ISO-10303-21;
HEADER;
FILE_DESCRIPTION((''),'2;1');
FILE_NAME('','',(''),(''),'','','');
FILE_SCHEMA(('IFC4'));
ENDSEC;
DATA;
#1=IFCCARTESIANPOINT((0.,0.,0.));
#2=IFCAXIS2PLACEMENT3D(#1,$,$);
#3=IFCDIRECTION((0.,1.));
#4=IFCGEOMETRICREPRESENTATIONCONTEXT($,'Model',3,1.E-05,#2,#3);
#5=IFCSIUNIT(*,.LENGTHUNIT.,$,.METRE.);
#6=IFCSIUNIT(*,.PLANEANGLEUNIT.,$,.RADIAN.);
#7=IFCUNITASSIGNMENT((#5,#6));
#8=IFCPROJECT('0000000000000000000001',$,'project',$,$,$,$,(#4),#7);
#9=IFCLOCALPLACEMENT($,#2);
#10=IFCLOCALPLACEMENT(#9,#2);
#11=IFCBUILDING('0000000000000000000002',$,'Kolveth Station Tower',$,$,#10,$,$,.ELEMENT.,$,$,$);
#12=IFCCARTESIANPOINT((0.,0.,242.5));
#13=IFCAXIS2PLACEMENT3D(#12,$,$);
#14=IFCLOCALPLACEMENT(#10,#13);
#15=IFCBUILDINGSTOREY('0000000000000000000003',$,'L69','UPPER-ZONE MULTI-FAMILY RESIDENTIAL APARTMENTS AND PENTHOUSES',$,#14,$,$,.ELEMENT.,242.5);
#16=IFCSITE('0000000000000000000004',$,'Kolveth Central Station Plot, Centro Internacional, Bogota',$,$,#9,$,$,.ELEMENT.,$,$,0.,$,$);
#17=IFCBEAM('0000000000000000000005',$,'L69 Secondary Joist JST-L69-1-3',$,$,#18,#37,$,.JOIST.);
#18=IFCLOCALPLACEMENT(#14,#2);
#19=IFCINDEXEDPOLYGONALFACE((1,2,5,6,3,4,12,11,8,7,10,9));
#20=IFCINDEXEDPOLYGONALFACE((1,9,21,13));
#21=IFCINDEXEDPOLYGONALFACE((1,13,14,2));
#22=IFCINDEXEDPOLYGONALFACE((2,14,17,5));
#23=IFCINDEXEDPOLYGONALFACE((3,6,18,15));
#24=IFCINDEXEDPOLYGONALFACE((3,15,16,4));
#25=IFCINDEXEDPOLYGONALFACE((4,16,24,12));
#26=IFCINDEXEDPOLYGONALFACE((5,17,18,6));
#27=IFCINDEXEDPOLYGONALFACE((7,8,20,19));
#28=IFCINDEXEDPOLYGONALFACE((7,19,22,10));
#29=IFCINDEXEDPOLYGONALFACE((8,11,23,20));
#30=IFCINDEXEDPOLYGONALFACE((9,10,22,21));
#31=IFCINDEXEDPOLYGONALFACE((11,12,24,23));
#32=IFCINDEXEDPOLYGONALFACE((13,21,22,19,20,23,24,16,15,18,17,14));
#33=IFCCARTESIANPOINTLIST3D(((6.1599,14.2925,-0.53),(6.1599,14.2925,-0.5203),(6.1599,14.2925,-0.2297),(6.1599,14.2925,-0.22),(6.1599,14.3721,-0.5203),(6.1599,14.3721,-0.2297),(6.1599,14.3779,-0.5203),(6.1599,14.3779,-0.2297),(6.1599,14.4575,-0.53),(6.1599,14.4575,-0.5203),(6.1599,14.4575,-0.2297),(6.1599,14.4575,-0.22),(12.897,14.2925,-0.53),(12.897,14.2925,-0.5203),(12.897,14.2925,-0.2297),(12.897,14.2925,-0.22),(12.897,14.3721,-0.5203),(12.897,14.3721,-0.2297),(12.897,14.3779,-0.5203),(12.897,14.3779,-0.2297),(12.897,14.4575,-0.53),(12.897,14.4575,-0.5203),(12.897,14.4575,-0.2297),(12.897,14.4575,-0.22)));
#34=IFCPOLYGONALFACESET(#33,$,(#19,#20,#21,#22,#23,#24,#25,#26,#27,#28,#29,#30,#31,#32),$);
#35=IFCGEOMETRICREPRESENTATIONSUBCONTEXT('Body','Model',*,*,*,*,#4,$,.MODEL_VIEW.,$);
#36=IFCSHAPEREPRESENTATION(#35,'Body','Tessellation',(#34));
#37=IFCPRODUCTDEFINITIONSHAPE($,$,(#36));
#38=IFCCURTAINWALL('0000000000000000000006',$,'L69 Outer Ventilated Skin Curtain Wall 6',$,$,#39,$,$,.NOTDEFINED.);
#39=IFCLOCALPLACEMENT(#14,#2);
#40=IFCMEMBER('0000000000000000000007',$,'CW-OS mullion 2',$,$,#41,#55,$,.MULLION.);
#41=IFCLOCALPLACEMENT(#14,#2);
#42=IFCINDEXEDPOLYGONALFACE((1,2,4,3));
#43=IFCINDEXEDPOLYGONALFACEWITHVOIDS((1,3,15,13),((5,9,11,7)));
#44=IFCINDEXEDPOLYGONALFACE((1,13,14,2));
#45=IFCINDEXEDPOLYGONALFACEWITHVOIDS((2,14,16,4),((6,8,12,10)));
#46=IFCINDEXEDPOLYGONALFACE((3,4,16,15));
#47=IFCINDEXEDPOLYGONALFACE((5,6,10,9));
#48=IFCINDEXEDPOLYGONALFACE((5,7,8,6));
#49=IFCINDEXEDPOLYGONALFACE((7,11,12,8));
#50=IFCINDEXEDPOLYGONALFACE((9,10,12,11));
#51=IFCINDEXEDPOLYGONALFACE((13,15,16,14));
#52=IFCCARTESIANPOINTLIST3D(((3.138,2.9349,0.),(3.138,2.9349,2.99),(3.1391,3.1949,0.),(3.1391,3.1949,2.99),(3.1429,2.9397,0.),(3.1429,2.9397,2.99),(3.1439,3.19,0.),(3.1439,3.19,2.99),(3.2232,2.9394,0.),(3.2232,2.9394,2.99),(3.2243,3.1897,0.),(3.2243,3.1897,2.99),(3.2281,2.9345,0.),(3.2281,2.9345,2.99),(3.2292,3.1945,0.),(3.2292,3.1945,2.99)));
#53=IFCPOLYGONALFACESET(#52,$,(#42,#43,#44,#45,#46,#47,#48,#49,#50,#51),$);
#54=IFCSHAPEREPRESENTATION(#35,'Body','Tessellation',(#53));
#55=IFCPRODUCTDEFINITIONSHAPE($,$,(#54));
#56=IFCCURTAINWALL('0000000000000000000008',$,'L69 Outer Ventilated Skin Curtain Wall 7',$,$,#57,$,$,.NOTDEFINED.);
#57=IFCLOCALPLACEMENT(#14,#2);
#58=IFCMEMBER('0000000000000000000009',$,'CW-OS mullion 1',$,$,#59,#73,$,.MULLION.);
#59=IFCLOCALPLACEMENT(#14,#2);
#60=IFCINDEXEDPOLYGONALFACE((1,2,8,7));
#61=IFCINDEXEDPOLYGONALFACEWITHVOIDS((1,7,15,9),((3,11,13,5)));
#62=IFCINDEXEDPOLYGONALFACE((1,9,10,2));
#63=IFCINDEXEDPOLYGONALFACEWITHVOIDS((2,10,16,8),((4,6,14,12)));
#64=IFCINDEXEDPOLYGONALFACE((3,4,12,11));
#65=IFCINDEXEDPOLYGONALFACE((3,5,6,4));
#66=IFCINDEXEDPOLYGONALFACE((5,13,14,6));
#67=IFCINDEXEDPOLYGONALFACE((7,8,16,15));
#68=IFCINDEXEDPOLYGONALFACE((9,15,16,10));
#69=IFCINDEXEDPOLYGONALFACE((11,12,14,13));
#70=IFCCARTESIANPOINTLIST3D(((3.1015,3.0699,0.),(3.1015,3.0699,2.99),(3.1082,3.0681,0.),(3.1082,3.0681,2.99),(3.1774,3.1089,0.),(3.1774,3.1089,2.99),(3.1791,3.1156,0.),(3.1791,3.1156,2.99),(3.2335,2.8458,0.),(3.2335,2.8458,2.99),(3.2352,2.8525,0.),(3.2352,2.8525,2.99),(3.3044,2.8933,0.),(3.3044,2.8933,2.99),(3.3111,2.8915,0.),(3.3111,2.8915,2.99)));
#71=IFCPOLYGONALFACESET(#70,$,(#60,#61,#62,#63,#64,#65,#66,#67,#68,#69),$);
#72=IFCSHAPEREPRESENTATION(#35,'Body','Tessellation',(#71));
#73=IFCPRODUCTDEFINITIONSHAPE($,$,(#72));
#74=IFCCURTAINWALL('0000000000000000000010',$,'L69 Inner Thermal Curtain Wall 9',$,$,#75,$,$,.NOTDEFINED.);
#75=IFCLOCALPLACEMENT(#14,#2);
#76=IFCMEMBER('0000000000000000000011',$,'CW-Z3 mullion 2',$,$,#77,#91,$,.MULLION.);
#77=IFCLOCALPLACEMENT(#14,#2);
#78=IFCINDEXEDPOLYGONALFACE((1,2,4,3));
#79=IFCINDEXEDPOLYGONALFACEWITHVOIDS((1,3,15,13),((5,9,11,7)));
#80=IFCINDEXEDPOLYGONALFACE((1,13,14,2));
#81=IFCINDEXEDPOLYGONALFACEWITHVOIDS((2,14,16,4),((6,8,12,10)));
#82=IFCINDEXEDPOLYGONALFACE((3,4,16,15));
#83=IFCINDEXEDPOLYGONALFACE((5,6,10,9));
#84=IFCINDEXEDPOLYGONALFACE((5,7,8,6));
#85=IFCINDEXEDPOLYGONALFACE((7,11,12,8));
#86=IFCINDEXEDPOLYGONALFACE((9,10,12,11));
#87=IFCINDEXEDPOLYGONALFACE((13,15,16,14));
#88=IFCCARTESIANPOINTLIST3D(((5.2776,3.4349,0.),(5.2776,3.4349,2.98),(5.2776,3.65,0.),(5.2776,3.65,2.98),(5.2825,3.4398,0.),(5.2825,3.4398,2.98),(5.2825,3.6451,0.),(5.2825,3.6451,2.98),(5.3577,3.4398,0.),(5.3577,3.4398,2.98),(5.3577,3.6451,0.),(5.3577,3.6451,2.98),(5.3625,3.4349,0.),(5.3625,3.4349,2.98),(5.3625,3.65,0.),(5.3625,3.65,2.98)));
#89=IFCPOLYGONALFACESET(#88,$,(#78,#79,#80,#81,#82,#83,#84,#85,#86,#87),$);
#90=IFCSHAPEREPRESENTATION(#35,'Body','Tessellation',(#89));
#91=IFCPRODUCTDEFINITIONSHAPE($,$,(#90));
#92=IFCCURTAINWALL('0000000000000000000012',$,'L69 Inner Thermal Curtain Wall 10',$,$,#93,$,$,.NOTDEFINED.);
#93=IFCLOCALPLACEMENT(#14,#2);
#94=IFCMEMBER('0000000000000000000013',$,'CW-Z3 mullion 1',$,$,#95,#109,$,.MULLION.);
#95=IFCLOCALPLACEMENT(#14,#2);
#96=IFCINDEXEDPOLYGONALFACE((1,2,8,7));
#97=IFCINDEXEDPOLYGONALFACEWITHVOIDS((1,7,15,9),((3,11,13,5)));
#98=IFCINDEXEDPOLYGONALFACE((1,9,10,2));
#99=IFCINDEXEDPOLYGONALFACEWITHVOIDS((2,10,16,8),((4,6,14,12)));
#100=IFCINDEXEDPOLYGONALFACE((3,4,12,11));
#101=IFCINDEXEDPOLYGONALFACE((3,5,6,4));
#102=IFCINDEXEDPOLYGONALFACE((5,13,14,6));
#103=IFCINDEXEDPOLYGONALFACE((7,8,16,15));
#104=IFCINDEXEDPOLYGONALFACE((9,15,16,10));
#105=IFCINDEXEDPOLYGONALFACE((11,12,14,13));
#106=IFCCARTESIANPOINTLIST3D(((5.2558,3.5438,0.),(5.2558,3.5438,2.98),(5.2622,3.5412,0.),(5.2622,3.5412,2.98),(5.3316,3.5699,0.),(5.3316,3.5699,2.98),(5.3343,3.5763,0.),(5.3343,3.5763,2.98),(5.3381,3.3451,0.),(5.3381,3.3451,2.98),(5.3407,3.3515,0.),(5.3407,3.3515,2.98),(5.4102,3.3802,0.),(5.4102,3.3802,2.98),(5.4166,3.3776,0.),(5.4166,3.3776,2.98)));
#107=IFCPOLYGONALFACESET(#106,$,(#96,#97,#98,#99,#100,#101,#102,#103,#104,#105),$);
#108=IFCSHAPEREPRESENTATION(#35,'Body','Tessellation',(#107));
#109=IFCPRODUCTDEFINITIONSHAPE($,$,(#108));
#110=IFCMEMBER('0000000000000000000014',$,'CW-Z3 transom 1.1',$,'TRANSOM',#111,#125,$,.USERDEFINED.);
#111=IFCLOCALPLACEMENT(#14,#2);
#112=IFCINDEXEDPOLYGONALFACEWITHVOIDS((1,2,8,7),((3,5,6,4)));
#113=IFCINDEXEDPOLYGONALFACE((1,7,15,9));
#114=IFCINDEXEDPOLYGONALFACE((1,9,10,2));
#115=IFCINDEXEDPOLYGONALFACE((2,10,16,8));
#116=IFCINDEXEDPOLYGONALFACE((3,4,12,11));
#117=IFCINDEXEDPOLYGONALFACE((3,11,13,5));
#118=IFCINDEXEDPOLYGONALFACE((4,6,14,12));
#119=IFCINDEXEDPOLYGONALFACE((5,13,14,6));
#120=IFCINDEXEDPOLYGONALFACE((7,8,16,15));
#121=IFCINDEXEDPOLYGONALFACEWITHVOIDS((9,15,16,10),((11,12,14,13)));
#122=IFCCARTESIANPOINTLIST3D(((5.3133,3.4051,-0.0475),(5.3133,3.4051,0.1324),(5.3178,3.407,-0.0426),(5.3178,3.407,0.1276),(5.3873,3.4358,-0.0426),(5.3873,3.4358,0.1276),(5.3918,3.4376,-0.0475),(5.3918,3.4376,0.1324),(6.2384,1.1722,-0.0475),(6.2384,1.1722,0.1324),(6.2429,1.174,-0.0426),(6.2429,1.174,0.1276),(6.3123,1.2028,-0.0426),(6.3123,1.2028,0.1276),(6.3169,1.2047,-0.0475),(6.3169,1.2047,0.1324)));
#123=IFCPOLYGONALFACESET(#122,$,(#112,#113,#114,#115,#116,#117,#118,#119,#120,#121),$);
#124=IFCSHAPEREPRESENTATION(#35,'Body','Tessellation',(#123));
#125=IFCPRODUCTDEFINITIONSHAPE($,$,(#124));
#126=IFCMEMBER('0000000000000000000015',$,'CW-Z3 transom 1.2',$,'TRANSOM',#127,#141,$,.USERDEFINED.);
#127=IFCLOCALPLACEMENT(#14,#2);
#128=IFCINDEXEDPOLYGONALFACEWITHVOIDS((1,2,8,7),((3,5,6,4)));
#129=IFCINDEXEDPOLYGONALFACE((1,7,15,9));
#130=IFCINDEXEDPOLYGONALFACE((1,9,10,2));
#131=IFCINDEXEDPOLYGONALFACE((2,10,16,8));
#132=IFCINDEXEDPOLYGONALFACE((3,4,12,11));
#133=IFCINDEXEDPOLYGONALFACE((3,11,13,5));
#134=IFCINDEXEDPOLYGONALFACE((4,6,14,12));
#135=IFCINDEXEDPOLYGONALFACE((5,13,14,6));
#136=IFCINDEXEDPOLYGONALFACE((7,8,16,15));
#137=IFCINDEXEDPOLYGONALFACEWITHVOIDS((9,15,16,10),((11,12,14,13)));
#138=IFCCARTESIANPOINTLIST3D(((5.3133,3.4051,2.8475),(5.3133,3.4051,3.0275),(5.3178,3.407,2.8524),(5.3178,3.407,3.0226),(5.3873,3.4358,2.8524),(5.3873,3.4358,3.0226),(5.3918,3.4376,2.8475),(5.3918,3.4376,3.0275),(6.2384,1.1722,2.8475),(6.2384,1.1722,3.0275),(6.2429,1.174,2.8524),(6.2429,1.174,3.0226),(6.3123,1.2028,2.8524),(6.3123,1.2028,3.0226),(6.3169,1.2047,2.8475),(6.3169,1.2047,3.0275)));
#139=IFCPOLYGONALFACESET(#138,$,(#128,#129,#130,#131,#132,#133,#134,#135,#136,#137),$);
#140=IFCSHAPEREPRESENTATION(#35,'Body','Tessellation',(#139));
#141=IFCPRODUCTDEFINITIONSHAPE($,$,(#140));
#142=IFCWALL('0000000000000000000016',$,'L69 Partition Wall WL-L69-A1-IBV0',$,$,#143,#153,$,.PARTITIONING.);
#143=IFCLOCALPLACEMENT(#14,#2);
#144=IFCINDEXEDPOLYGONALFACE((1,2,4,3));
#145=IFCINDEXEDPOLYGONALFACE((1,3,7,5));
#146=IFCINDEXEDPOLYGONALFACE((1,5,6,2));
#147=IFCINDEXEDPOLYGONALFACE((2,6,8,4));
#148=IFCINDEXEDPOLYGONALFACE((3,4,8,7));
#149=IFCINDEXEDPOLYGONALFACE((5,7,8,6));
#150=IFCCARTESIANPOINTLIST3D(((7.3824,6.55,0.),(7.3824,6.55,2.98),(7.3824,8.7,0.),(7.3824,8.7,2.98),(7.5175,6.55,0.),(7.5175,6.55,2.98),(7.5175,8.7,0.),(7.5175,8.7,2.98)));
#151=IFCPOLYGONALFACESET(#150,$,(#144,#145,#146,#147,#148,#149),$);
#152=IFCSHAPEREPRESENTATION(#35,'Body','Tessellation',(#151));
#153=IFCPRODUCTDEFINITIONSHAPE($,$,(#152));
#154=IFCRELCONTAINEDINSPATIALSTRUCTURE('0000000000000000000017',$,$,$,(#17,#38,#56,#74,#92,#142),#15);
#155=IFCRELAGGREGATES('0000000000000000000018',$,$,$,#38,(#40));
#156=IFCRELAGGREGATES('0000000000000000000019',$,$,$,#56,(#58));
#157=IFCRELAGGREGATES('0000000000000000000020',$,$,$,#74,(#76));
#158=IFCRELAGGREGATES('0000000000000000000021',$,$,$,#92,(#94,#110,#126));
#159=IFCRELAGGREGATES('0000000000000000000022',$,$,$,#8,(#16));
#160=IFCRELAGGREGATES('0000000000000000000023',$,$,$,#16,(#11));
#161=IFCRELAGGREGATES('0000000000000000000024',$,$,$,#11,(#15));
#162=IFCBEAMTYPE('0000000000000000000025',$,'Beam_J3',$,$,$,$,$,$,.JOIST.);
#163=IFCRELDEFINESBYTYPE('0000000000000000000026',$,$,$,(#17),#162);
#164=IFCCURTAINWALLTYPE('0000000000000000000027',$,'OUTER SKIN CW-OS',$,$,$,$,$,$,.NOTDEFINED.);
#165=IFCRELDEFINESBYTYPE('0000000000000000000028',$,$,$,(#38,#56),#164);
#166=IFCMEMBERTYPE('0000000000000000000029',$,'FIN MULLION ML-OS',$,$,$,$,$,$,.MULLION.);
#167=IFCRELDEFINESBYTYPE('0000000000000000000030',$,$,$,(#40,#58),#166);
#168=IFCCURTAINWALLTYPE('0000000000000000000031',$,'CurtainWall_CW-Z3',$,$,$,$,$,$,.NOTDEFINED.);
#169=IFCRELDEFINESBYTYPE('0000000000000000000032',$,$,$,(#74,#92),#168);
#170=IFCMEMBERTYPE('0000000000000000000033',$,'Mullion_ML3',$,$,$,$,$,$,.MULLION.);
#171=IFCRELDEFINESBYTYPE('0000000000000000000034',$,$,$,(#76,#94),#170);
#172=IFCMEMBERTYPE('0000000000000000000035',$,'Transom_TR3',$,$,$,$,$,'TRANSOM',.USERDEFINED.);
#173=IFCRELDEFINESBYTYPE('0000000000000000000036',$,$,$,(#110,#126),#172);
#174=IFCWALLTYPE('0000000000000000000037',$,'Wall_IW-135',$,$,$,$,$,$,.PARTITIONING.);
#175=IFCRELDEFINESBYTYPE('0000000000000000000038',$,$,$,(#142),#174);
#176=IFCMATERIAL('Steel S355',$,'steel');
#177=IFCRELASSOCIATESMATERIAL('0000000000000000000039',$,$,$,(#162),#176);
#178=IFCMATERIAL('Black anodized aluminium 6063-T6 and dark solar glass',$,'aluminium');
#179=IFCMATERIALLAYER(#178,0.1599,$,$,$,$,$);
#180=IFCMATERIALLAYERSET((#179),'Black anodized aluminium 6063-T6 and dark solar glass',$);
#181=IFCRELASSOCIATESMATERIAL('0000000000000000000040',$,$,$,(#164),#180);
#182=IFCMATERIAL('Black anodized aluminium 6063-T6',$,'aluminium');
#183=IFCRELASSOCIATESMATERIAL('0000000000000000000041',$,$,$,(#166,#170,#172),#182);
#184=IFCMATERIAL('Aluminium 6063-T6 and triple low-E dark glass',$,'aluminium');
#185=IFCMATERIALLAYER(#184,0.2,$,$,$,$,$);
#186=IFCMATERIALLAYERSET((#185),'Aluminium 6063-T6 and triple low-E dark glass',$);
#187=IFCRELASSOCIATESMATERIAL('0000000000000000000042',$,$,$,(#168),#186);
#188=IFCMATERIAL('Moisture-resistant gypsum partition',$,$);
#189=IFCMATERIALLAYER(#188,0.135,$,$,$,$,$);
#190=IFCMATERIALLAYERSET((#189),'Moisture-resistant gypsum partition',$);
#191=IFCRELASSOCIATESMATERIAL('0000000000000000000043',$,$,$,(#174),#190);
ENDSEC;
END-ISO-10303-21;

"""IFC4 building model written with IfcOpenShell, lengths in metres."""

from ifc_helpers import new_model, si_unit, direction, frame, frame_2d, origin, origin_2d, place, context, subcontext, project, spatial, rectangle, hollow_rectangle, i_section, extrude, source, transform, mapped, material, layer, layer_set, material_profile, profile_set, type_object, element, aggregate, save


model = new_model("IFC4")

# Units and contexts
model_context = context("Model", 3, precision=1e-05, world=origin(), true_north=direction((0.0, 1.0)))
body_context = subcontext(model_context, "Body", "Model", "MODEL_VIEW")
ifc_project = project(units=[si_unit("LENGTHUNIT", "METRE"), si_unit("PLANEANGLEUNIT", "RADIAN")], contexts=[model_context])

# Site, building, storey
site_placement = place(None, origin())
site = spatial("IfcSite", under=ifc_project, at=site_placement, Name="Kolveth Central Station Plot, Centro Internacional, Bogota", CompositionType="ELEMENT", RefElevation=0.0)
building_placement = place(site_placement, origin())
building = spatial("IfcBuilding", under=site, at=building_placement, Name="Kolveth Station Tower", CompositionType="ELEMENT")
storey_placement = place(building_placement, frame((0.0, 0.0, 242.5)))
storey = spatial("IfcBuildingStorey", under=building, at=storey_placement, Name="L69", Description="UPPER-ZONE MULTI-FAMILY RESIDENTIAL APARTMENTS AND PENTHOUSES", CompositionType="ELEMENT", Elevation=242.5)

# Shared definitions
ifc_material_1 = material(Name="Steel S355", Category="steel")

# Beam
ifc_material_profile_1 = material_profile(ifc_material_1, i_section(OverallWidth=0.165, OverallDepth=0.3101, WebThickness=0.0059, FlangeThickness=0.0098, at=origin_2d()), Name="W310x39")
ifc_profile_set_1 = profile_set([ifc_material_profile_1], Name="Steel S355")
beam_type_1 = type_object("IfcBeamType", Name="Beam_J3", PredefinedType="JOIST", material=ifc_profile_set_1)
shared_shape_1 = source(origin(), body_context, "Body", "SweptSolid", [
    extrude(i_section(OverallWidth=0.165, OverallDepth=0.3101, WebThickness=0.0059, FlangeThickness=0.0098, at=origin_2d()), origin(), (0.0, 0.0, 1.0), 6.7371),
])
for number, where, z_axis, x_axis, name in (
    (1, (6.1599, 14.375, -0.375), (1.0, 0.0, 0.0), (0.0, 1.0, 0.0), "L69 Secondary Joist JST-L69-1-3"),
):
    element("IfcBeam", number, at=place(storey_placement, frame(where, z_axis=z_axis, x_axis=x_axis)), inside=storey, type_object=beam_type_1, Name=name, PredefinedType="JOIST", context=body_context, shape_type="MappedRepresentation", body=[
        mapped(shared_shape_1, transform((0.0, 0.0, 0.0), x_axis=(1.0, 0.0, 0.0), y_axis=(0.0, 1.0, 0.0), z_axis=(0.0, 0.0, 1.0), scale=1.0)),
    ])

# Curtain walls, members
ifc_material_2 = material(Name="Black anodized aluminium 6063-T6 and dark solar glass", Category="aluminium")
ifc_layer_1 = layer(ifc_material_2, 0.1599)
ifc_layer_set_1 = layer_set([ifc_layer_1], Name="Black anodized aluminium 6063-T6 and dark solar glass")
curtain_wall_type_1 = type_object("IfcCurtainWallType", Name="OUTER SKIN CW-OS", PredefinedType="NOTDEFINED", material=ifc_layer_set_1)
curtain_wall_1_placement = place(storey_placement, origin())
curtain_wall_1 = element("IfcCurtainWall", 2, at=curtain_wall_1_placement, inside=storey, type_object=curtain_wall_type_1, Name="L69 Outer Ventilated Skin Curtain Wall 6", PredefinedType="NOTDEFINED")
ifc_material_3 = material(Name="Black anodized aluminium 6063-T6", Category="aluminium")
ifc_material_profile_2 = material_profile(ifc_material_3, hollow_rectangle(XDim=0.0901, YDim=0.26, WallThickness=0.0049, at=origin_2d()), Name="ALU-90x260x5")
ifc_profile_set_2 = profile_set([ifc_material_profile_2], Name="Black anodized aluminium 6063-T6")
member_type_1 = type_object("IfcMemberType", Name="FIN MULLION ML-OS", PredefinedType="MULLION", material=ifc_profile_set_2)
shared_shape_2 = source(origin(), body_context, "Body", "SweptSolid", [
    extrude(hollow_rectangle(XDim=0.0901, YDim=0.26, WallThickness=0.0049, at=origin_2d()), origin(), (0.0, 0.0, 1.0), 2.99),
])
member_1_placement = place(storey_placement, frame((3.1836, 3.0647, 0.0), z_axis=(0.0, 0.0, 1.0), x_axis=(0.999992, -0.004064, 0.0)))
member_1 = element("IfcMember", 3, at=member_1_placement, type_object=member_type_1, Name="CW-OS mullion 2", PredefinedType="MULLION", context=body_context, shape_type="MappedRepresentation", body=[
    mapped(shared_shape_2, transform((0.0, 0.0, 0.0), x_axis=(1.0, 0.0, 0.0), y_axis=(0.0, 1.0, 0.0), z_axis=(0.0, 0.0, 1.0), scale=1.0)),
])
aggregate(curtain_wall_1, [member_1])
curtain_wall_2_placement = place(storey_placement, origin())
curtain_wall_2 = element("IfcCurtainWall", 4, at=curtain_wall_2_placement, inside=storey, type_object=curtain_wall_type_1, Name="L69 Outer Ventilated Skin Curtain Wall 7", PredefinedType="NOTDEFINED")
member_2_placement = place(storey_placement, frame((3.2063, 2.9807, 0.0), z_axis=(0.0, 0.0, 1.0), x_axis=(0.861672, 0.507465, 0.0)))
member_2 = element("IfcMember", 5, at=member_2_placement, type_object=member_type_1, Name="CW-OS mullion 1", PredefinedType="MULLION", context=body_context, shape_type="MappedRepresentation", body=[
    mapped(shared_shape_2, transform((0.0, 0.0, 0.0), x_axis=(1.0, 0.0, 0.0), y_axis=(0.0, 1.0, 0.0), z_axis=(0.0, 0.0, 1.0), scale=1.0)),
])
aggregate(curtain_wall_2, [member_2])
ifc_material_4 = material(Name="Aluminium 6063-T6 and triple low-E dark glass", Category="aluminium")
ifc_layer_2 = layer(ifc_material_4, 0.2)
ifc_layer_set_2 = layer_set([ifc_layer_2], Name="Aluminium 6063-T6 and triple low-E dark glass")
curtain_wall_type_2 = type_object("IfcCurtainWallType", Name="CurtainWall_CW-Z3", PredefinedType="NOTDEFINED", material=ifc_layer_set_2)
curtain_wall_3_placement = place(storey_placement, origin())
curtain_wall_3 = element("IfcCurtainWall", 6, at=curtain_wall_3_placement, inside=storey, type_object=curtain_wall_type_2, Name="L69 Inner Thermal Curtain Wall 9", PredefinedType="NOTDEFINED")
ifc_material_profile_3 = material_profile(ifc_material_3, hollow_rectangle(XDim=0.085, YDim=0.2151, WallThickness=0.0049, at=origin_2d()), Name="ALU-85x215x5")
ifc_profile_set_3 = profile_set([ifc_material_profile_3], Name="Black anodized aluminium 6063-T6")
member_type_2 = type_object("IfcMemberType", Name="Mullion_ML3", PredefinedType="MULLION", material=ifc_profile_set_3)
shared_shape_3 = source(origin(), body_context, "Body", "SweptSolid", [
    extrude(hollow_rectangle(XDim=0.085, YDim=0.2151, WallThickness=0.0049, at=origin_2d()), origin(), (0.0, 0.0, 1.0), 2.98),
])
member_3_placement = place(storey_placement, frame((5.3201, 3.5425, 0.0), z_axis=(0.0, 0.0, 1.0), x_axis=(1.0, 0.0, 0.0)))
member_3 = element("IfcMember", 7, at=member_3_placement, type_object=member_type_2, Name="CW-Z3 mullion 2", PredefinedType="MULLION", context=body_context, shape_type="MappedRepresentation", body=[
    mapped(shared_shape_3, transform((0.0, 0.0, 0.0), x_axis=(1.0, 0.0, 0.0), y_axis=(0.0, 1.0, 0.0), z_axis=(0.0, 0.0, 1.0), scale=1.0)),
])
aggregate(curtain_wall_3, [member_3])

# Curtain wall, members
curtain_wall_4_placement = place(storey_placement, origin())
curtain_wall_4 = element("IfcCurtainWall", 8, at=curtain_wall_4_placement, inside=storey, type_object=curtain_wall_type_2, Name="L69 Inner Thermal Curtain Wall 10", PredefinedType="NOTDEFINED")
member_4_placement = place(storey_placement, frame((5.3362, 3.4607, 0.0), z_axis=(0.0, 0.0, 1.0), x_axis=(0.923875, 0.382693, 0.0)))
member_4 = element("IfcMember", 9, at=member_4_placement, type_object=member_type_2, Name="CW-Z3 mullion 1", PredefinedType="MULLION", context=body_context, shape_type="MappedRepresentation", body=[
    mapped(shared_shape_3, transform((0.0, 0.0, 0.0), x_axis=(1.0, 0.0, 0.0), y_axis=(0.0, 1.0, 0.0), z_axis=(0.0, 0.0, 1.0), scale=1.0)),
])
ifc_material_profile_4 = material_profile(ifc_material_3, hollow_rectangle(XDim=0.085, YDim=0.1799, WallThickness=0.0049, at=origin_2d()), Name="ALU-85x180x5")
ifc_profile_set_4 = profile_set([ifc_material_profile_4], Name="Black anodized aluminium 6063-T6")
member_type_3 = type_object("IfcMemberType", Name="Transom_TR3", ElementType="TRANSOM", PredefinedType="USERDEFINED", material=ifc_profile_set_4)
shared_shape_4 = source(origin(), body_context, "Body", "SweptSolid", [
    extrude(hollow_rectangle(XDim=0.085, YDim=0.1799, WallThickness=0.0049, at=origin_2d()), origin(), (0.0, 0.0, 1.0), 2.417),
])
member_5_placement = place(storey_placement, frame((5.3525, 3.4214, 0.0425), z_axis=(0.382735, -0.923858, 0.0), x_axis=(0.923858, 0.382735, 0.0)))
member_5 = element("IfcMember", 10, at=member_5_placement, type_object=member_type_3, Name="CW-Z3 transom 1.1", ObjectType="TRANSOM", PredefinedType="USERDEFINED", context=body_context, shape_type="MappedRepresentation", body=[
    mapped(shared_shape_4, transform((0.0, 0.0, 0.0), x_axis=(1.0, 0.0, 0.0), y_axis=(0.0, 1.0, 0.0), z_axis=(0.0, 0.0, 1.0), scale=1.0)),
])
member_6_placement = place(storey_placement, frame((5.3525, 3.4214, 2.9375), z_axis=(0.382735, -0.923858, 0.0), x_axis=(0.923858, 0.382735, 0.0)))
member_6 = element("IfcMember", 11, at=member_6_placement, type_object=member_type_3, Name="CW-Z3 transom 1.2", ObjectType="TRANSOM", PredefinedType="USERDEFINED", context=body_context, shape_type="MappedRepresentation", body=[
    mapped(shared_shape_4, transform((0.0, 0.0, 0.0), x_axis=(1.0, 0.0, 0.0), y_axis=(0.0, 1.0, 0.0), z_axis=(0.0, 0.0, 1.0), scale=1.0)),
])
aggregate(curtain_wall_4, [member_4, member_5, member_6])

# Shared definitions
ifc_material_5 = material(Name="Moisture-resistant gypsum partition")
ifc_layer_3 = layer(ifc_material_5, 0.135)
ifc_layer_set_3 = layer_set([ifc_layer_3], Name="Moisture-resistant gypsum partition")
wall_type_1 = type_object("IfcWallType", Name="Wall_IW-135", PredefinedType="PARTITIONING", material=ifc_layer_set_3)

# Wall
wall_1_placement = place(storey_placement, frame((7.45, 6.55, 0.0), z_axis=(0.0, 0.0, 1.0), x_axis=(0.0, 1.0, 0.0)))
element("IfcWall", 12, at=wall_1_placement, inside=storey, type_object=wall_type_1, Name="L69 Partition Wall WL-L69-A1-IBV0", PredefinedType="PARTITIONING", context=body_context, shape_type="SweptSolid", body=[
    extrude(rectangle(XDim=2.1499, YDim=0.135, at=frame_2d((1.075, 0.0))), origin(), (0.0, 0.0, 1.0), 2.98),
])

save(model, "model.ifc")
